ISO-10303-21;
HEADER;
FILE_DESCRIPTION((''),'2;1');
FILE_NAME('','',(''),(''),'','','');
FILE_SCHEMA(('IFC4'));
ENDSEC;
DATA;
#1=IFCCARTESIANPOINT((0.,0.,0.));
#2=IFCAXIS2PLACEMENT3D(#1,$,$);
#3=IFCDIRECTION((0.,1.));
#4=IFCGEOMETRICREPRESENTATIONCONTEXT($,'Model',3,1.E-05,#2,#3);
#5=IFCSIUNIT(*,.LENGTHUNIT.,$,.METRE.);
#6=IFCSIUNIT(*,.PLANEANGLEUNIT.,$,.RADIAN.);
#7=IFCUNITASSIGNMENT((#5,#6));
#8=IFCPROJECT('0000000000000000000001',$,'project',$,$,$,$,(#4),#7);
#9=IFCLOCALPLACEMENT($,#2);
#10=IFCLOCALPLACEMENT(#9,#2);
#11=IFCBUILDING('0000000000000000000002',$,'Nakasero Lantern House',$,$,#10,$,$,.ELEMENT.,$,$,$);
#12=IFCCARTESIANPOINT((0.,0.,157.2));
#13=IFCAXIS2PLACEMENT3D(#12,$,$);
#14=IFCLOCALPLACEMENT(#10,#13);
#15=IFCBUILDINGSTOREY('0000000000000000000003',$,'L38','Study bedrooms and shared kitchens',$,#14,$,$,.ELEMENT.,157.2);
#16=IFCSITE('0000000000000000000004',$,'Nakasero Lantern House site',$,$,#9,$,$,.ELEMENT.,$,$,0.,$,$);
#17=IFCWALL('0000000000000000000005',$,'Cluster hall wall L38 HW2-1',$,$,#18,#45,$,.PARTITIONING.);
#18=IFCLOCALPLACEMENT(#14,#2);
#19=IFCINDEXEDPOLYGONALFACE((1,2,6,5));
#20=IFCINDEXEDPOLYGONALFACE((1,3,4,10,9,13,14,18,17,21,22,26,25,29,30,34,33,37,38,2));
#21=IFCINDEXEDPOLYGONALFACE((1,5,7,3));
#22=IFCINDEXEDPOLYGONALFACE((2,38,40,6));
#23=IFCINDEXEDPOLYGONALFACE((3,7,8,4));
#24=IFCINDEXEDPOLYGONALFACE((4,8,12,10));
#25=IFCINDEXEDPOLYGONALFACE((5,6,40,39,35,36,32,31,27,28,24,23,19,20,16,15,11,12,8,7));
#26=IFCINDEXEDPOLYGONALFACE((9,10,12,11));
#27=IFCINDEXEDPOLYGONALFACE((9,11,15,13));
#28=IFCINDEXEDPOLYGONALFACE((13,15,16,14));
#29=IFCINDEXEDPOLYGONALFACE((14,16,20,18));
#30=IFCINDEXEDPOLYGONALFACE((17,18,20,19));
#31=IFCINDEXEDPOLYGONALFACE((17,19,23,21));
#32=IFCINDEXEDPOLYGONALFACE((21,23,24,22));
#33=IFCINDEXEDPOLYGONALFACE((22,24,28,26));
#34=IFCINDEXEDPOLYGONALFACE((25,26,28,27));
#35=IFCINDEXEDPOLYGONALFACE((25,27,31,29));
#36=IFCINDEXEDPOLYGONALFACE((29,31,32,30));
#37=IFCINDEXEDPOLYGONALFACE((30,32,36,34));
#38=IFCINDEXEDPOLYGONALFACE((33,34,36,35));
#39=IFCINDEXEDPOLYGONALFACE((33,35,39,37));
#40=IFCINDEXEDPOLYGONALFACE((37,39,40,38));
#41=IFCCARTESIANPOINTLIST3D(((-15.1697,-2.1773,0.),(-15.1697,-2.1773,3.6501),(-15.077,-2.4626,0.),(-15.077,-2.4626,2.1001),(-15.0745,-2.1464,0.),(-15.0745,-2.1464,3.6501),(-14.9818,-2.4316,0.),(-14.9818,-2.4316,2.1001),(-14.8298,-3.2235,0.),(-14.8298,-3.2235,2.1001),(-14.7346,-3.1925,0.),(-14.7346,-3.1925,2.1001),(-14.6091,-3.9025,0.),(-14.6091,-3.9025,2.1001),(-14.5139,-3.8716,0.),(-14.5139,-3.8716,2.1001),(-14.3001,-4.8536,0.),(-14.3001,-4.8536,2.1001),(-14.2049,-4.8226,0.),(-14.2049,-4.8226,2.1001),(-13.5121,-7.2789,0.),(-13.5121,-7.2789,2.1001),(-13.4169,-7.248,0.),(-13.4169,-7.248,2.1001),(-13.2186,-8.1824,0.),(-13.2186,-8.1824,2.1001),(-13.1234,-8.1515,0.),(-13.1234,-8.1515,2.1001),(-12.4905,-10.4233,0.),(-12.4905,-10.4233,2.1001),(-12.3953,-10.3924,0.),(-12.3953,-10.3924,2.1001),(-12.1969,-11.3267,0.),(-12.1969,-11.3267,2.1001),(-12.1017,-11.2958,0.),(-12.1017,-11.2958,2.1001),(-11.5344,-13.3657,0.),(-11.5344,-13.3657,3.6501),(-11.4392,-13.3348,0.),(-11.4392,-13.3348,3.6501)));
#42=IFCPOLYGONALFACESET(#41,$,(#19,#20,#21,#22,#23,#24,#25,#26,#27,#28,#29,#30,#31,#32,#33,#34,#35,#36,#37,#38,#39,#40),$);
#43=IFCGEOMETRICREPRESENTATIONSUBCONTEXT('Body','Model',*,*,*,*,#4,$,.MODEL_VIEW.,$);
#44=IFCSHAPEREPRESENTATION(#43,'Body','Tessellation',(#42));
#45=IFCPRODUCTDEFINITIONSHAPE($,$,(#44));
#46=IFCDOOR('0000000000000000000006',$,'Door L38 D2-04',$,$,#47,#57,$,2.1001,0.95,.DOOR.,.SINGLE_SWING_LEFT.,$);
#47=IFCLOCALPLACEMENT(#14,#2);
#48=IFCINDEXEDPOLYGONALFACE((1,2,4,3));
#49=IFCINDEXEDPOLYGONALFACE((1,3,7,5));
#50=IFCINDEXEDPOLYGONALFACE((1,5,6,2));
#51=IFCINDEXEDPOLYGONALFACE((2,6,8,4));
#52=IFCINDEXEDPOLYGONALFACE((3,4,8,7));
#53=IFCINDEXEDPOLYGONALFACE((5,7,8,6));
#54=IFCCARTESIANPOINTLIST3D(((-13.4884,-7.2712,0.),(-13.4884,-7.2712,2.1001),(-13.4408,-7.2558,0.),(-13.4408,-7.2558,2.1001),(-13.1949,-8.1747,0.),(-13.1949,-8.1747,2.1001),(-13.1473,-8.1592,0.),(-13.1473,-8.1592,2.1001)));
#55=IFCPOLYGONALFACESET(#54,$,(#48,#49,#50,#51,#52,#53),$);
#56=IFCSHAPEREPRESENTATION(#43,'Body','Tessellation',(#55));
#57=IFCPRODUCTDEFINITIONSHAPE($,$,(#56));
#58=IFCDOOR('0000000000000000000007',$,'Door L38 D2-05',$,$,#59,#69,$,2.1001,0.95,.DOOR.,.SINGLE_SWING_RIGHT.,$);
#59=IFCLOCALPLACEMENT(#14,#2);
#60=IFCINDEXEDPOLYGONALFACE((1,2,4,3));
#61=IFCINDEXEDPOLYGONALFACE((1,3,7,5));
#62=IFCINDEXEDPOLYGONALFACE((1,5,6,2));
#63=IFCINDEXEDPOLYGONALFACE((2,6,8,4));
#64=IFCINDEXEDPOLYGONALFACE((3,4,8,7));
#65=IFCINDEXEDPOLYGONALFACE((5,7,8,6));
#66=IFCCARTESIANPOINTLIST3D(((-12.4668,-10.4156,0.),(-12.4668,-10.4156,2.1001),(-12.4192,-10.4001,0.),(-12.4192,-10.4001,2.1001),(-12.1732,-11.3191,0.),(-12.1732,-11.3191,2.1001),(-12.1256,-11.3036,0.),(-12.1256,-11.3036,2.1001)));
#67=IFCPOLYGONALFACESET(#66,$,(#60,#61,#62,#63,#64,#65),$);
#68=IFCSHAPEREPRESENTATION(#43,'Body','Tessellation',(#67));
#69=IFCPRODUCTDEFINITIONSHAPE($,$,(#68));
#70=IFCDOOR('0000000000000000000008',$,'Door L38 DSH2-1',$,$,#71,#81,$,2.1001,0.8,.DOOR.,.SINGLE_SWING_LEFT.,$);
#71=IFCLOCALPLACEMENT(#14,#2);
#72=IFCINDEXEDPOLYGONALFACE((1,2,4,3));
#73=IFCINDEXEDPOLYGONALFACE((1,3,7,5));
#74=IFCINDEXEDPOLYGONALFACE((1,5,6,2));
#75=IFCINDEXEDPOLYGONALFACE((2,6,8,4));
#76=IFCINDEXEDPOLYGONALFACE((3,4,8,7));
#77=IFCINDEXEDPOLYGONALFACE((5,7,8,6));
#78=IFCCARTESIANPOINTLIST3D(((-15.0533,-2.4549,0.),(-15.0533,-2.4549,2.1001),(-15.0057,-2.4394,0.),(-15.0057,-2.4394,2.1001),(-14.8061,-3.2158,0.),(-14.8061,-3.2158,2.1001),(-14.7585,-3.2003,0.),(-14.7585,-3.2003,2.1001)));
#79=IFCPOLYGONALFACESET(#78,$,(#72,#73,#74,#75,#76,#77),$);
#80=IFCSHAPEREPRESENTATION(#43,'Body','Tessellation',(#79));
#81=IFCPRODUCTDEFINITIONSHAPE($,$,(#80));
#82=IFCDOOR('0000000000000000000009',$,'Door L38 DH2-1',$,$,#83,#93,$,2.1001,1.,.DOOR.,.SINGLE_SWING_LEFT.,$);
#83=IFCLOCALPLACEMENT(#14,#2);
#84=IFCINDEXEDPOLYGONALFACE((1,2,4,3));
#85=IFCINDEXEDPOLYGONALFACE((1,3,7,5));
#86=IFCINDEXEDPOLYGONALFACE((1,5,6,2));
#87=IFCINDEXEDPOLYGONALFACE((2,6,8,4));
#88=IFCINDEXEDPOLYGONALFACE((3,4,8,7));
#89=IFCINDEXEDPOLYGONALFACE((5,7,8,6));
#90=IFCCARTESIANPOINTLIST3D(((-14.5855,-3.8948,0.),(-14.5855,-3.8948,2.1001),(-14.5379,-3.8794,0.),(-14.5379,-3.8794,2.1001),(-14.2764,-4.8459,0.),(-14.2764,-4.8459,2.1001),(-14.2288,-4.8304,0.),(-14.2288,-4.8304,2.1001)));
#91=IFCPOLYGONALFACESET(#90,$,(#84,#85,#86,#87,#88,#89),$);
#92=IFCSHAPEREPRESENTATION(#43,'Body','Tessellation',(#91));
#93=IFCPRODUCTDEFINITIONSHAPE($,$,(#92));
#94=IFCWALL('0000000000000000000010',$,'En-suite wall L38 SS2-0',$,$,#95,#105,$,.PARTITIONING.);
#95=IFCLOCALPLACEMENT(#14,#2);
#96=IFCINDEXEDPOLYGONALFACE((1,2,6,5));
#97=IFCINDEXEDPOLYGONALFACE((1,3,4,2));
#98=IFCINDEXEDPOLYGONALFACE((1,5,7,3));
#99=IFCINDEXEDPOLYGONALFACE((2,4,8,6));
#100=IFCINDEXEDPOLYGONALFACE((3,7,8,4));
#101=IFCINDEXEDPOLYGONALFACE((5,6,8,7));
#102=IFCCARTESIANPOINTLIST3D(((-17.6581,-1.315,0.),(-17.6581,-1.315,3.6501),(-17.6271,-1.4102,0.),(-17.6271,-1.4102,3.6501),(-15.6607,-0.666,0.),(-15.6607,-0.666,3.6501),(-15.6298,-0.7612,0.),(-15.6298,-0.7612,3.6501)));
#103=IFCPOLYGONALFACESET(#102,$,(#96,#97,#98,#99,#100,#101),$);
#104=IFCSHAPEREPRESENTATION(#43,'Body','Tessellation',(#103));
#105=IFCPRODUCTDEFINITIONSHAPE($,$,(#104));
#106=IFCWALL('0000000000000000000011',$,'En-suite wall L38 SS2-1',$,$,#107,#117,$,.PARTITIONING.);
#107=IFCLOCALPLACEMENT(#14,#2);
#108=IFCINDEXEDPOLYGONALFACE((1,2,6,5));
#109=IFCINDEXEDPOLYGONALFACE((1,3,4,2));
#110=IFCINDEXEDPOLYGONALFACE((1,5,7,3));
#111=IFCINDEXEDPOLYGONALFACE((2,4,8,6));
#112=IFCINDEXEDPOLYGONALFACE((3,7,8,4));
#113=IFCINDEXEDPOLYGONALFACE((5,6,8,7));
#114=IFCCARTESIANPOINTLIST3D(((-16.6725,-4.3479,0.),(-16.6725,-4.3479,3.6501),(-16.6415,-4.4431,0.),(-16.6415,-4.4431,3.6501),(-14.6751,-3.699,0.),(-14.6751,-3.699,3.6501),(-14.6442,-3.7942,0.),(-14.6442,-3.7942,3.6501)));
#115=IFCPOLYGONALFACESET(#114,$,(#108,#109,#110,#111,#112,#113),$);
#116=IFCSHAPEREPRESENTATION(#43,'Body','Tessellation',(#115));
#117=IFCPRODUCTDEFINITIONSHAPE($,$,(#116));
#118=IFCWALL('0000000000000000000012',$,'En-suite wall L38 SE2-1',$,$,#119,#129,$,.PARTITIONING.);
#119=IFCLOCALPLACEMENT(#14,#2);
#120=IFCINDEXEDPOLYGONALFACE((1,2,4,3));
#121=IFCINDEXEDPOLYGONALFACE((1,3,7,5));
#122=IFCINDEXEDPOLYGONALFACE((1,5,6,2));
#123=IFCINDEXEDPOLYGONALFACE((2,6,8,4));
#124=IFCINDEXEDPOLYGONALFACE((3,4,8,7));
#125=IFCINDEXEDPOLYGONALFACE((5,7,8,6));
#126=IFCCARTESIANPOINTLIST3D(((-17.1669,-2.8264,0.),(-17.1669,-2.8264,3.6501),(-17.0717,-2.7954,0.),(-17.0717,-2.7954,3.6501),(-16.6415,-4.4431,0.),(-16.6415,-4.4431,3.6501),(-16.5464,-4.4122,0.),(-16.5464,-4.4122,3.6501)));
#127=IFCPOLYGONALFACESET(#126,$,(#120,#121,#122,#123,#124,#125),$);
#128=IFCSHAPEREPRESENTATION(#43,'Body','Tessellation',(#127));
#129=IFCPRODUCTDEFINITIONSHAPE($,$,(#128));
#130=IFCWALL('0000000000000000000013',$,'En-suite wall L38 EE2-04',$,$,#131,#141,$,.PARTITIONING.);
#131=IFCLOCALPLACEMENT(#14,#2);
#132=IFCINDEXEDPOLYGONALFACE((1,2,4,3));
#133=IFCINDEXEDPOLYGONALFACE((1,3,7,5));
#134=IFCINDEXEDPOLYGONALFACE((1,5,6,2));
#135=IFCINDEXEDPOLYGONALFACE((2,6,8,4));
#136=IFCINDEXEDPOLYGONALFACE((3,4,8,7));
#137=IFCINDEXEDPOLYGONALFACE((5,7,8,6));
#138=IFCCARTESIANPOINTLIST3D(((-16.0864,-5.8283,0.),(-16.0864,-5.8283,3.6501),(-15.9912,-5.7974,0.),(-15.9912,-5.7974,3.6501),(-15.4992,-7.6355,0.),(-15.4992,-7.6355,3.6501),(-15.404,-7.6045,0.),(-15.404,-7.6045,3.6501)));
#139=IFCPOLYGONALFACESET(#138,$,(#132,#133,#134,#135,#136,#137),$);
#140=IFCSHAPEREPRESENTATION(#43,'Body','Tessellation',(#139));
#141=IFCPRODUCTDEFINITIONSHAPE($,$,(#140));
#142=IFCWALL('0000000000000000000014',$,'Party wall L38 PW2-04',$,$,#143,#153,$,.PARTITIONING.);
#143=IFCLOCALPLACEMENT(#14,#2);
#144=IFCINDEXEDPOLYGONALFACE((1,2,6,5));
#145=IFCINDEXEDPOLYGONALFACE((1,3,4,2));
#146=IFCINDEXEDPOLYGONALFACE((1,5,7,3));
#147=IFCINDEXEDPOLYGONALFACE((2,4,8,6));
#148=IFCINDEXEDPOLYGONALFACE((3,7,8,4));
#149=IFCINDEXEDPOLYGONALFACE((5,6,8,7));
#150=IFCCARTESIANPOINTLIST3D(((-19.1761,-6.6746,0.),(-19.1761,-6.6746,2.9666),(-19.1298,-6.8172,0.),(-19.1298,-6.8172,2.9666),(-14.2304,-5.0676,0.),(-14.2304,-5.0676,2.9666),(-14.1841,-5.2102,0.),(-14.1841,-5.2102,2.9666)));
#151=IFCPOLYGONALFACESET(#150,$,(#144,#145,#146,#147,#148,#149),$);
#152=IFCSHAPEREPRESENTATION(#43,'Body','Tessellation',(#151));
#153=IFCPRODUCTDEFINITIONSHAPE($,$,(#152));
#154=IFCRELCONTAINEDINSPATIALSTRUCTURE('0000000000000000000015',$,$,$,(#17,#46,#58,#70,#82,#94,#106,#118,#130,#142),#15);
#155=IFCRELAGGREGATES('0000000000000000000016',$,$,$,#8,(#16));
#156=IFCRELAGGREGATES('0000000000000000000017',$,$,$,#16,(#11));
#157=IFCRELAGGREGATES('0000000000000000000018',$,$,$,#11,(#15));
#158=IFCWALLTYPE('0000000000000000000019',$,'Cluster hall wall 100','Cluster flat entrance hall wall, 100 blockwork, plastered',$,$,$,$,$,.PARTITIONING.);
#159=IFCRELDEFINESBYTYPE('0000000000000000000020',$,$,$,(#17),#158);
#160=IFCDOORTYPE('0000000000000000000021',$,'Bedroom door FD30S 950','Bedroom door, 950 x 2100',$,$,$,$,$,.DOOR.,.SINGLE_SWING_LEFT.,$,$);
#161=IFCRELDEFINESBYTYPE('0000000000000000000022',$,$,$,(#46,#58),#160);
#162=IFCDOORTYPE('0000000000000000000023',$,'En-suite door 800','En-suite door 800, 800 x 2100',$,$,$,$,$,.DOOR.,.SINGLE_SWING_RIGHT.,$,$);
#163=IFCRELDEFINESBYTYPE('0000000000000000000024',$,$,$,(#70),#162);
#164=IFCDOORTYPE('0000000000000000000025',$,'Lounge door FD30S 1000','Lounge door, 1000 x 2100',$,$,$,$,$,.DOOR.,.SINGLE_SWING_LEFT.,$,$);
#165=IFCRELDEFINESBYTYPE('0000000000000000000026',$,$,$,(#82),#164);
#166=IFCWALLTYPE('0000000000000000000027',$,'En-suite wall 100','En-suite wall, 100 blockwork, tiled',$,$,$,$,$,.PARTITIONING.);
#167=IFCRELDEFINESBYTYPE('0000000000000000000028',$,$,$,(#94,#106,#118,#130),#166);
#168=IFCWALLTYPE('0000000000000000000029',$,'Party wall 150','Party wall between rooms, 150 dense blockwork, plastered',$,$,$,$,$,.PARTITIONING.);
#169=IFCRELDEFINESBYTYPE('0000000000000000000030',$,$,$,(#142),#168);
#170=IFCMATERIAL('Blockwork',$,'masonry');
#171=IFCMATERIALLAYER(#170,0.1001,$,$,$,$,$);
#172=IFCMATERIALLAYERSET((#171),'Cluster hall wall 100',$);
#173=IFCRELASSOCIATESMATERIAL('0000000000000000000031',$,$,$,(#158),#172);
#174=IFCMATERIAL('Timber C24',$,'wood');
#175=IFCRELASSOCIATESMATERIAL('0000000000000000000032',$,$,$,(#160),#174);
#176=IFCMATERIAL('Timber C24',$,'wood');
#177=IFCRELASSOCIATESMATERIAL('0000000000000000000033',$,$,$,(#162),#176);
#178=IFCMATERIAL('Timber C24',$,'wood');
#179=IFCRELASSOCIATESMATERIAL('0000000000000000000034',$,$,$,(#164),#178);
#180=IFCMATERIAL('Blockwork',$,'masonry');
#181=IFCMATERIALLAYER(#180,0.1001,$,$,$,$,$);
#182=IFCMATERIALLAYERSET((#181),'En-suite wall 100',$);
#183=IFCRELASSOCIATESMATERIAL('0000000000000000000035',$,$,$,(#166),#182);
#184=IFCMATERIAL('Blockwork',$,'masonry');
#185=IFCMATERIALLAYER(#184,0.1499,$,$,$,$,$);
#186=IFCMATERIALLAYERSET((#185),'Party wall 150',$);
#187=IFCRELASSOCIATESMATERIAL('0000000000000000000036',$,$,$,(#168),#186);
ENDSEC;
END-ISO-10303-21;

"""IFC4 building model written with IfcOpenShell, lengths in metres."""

from ifc_helpers import new_model, si_unit, direction, frame, frame_2d, origin, place, context, subcontext, project, spatial, rectangle, extrude, material, layer, layer_set, type_object, element, fill, save


model = new_model("IFC4")

# Units and contexts
model_context = context("Model", 3, precision=1e-05, world=origin(), true_north=direction((0.0, 1.0)))
body_context = subcontext(model_context, "Body", "Model", "MODEL_VIEW")
ifc_project = project(units=[si_unit("LENGTHUNIT", "METRE"), si_unit("PLANEANGLEUNIT", "RADIAN")], contexts=[model_context])

# Site, building, storey
site_placement = place(None, origin())
site = spatial("IfcSite", under=ifc_project, at=site_placement, Name="Nakasero Lantern House site", CompositionType="ELEMENT", RefElevation=0.0)
building_placement = place(site_placement, origin())
building = spatial("IfcBuilding", under=site, at=building_placement, Name="Nakasero Lantern House", CompositionType="ELEMENT")
storey_placement = place(building_placement, frame((0.0, 0.0, 157.2)))
storey = spatial("IfcBuildingStorey", under=building, at=storey_placement, Name="L38", Description="Study bedrooms and shared kitchens", CompositionType="ELEMENT", Elevation=157.2)

# Wall, openings, doors
ifc_material_1 = material(Name="Blockwork", Category="masonry")
ifc_layer_1 = layer(ifc_material_1, 0.1001)
ifc_layer_set_1 = layer_set([ifc_layer_1], Name="Cluster hall wall 100")
wall_type_1 = type_object("IfcWallType", Name="Cluster hall wall 100", Description="Cluster flat entrance hall wall, 100 blockwork, plastered", PredefinedType="PARTITIONING", material=ifc_layer_set_1)
wall_1_placement = place(storey_placement, frame((-15.1221, -2.1619, 0.0), z_axis=(0.0, 0.0, 1.0), x_axis=(0.309009, -0.951059, 0.0)))
wall_1 = element("IfcWall", 1, at=wall_1_placement, inside=storey, type_object=wall_type_1, Name="Cluster hall wall L38 HW2-1", PredefinedType="PARTITIONING", context=body_context, shape_type="SweptSolid", body=[
    extrude(rectangle(XDim=11.7642, YDim=0.1001, at=frame_2d((5.8821, 0.0))), origin(), (0.0, 0.0, 1.0), 3.6501),
])
opening_1_placement = place(wall_1_placement, frame((1.814, 0.0, 0.0)))
opening_1 = element("IfcOpeningElement", 2, at=opening_1_placement, cuts=wall_1, PredefinedType="OPENING", context=body_context, shape_type="SweptSolid", body=[
    extrude(rectangle(XDim=1.0, YDim=2.1001, at=frame_2d((0.5, 1.05))), frame((0.0, 0.0701, 0.0), z_axis=(0.0, -1.0, 0.0), x_axis=(1.0, 0.0, 0.0)), (0.0, 0.0, 1.0), 0.1401),
])
opening_2_placement = place(wall_1_placement, frame((0.3, 0.0, 0.0)))
opening_2 = element("IfcOpeningElement", 3, at=opening_2_placement, cuts=wall_1, PredefinedType="OPENING", context=body_context, shape_type="SweptSolid", body=[
    extrude(rectangle(XDim=0.8, YDim=2.1001, at=frame_2d((0.3999, 1.05))), frame((0.0, 0.0701, 0.0), z_axis=(0.0, -1.0, 0.0), x_axis=(1.0, 0.0, 0.0)), (0.0, 0.0, 1.0), 0.1401),
])
opening_3_placement = place(wall_1_placement, frame((5.364, 0.0, 0.0)))
opening_3 = element("IfcOpeningElement", 4, at=opening_3_placement, cuts=wall_1, PredefinedType="OPENING", context=body_context, shape_type="SweptSolid", body=[
    extrude(rectangle(XDim=0.95, YDim=2.1001, at=frame_2d((0.4751, 1.05))), frame((0.0, 0.0701, 0.0), z_axis=(0.0, -1.0, 0.0), x_axis=(1.0, 0.0, 0.0)), (0.0, 0.0, 1.0), 0.1401),
])
opening_4_placement = place(wall_1_placement, frame((8.6702, 0.0, 0.0)))
opening_4 = element("IfcOpeningElement", 5, at=opening_4_placement, cuts=wall_1, PredefinedType="OPENING", context=body_context, shape_type="SweptSolid", body=[
    extrude(rectangle(XDim=0.95, YDim=2.1001, at=frame_2d((0.4751, 1.05))), frame((0.0, 0.0701, 0.0), z_axis=(0.0, -1.0, 0.0), x_axis=(1.0, 0.0, 0.0)), (0.0, 0.0, 1.0), 0.1401),
])
ifc_material_2 = material(Name="Timber C24", Category="wood")
door_type_1 = type_object("IfcDoorType", Name="Bedroom door FD30S 950", Description="Bedroom door, 950 x 2100", OperationType="SINGLE_SWING_LEFT", PredefinedType="DOOR", material=ifc_material_2)
door_1_placement = place(opening_3_placement, origin())
door_1 = element("IfcDoor", 6, at=door_1_placement, inside=storey, type_object=door_type_1, Name="Door L38 D2-04", OperationType="SINGLE_SWING_LEFT", OverallHeight=2.1001, OverallWidth=0.95, PredefinedType="DOOR", context=body_context, shape_type="SweptSolid", body=[
    extrude(rectangle(XDim=0.95, YDim=2.1001, at=frame_2d((0.4751, 1.05))), frame((0.0, 0.0249, 0.0), z_axis=(0.0, -1.0, 0.0), x_axis=(1.0, 0.0, 0.0)), (0.0, 0.0, 1.0), 0.05),
])
fill(opening_3, door_1)
door_2_placement = place(opening_4_placement, origin())
door_2 = element("IfcDoor", 7, at=door_2_placement, inside=storey, type_object=door_type_1, Name="Door L38 D2-05", OperationType="SINGLE_SWING_RIGHT", OverallHeight=2.1001, OverallWidth=0.95, PredefinedType="DOOR", context=body_context, shape_type="SweptSolid", body=[
    extrude(rectangle(XDim=0.95, YDim=2.1001, at=frame_2d((0.4751, 1.05))), frame((0.0, 0.0249, 0.0), z_axis=(0.0, -1.0, 0.0), x_axis=(1.0, 0.0, 0.0)), (0.0, 0.0, 1.0), 0.05),
])
fill(opening_4, door_2)
ifc_material_3 = material(Name="Timber C24", Category="wood")
door_type_2 = type_object("IfcDoorType", Name="En-suite door 800", Description="En-suite door 800, 800 x 2100", OperationType="SINGLE_SWING_RIGHT", PredefinedType="DOOR", material=ifc_material_3)
door_3_placement = place(opening_2_placement, origin())
door_3 = element("IfcDoor", 8, at=door_3_placement, inside=storey, type_object=door_type_2, Name="Door L38 DSH2-1", OperationType="SINGLE_SWING_LEFT", OverallHeight=2.1001, OverallWidth=0.8, PredefinedType="DOOR", context=body_context, shape_type="SweptSolid", body=[
    extrude(rectangle(XDim=0.8, YDim=2.1001, at=frame_2d((0.3999, 1.05))), frame((0.0, 0.0249, 0.0), z_axis=(0.0, -1.0, 0.0), x_axis=(1.0, 0.0, 0.0)), (0.0, 0.0, 1.0), 0.05),
])
fill(opening_2, door_3)
ifc_material_4 = material(Name="Timber C24", Category="wood")
door_type_3 = type_object("IfcDoorType", Name="Lounge door FD30S 1000", Description="Lounge door, 1000 x 2100", OperationType="SINGLE_SWING_LEFT", PredefinedType="DOOR", material=ifc_material_4)
door_4_placement = place(opening_1_placement, origin())
door_4 = element("IfcDoor", 9, at=door_4_placement, inside=storey, type_object=door_type_3, Name="Door L38 DH2-1", OperationType="SINGLE_SWING_LEFT", OverallHeight=2.1001, OverallWidth=1.0, PredefinedType="DOOR", context=body_context, shape_type="SweptSolid", body=[
    extrude(rectangle(XDim=1.0, YDim=2.1001, at=frame_2d((0.5, 1.05))), frame((0.0, 0.0249, 0.0), z_axis=(0.0, -1.0, 0.0), x_axis=(1.0, 0.0, 0.0)), (0.0, 0.0, 1.0), 0.05),
])
fill(opening_1, door_4)

# Walls
ifc_material_5 = material(Name="Blockwork", Category="masonry")
ifc_layer_2 = layer(ifc_material_5, 0.1001)
ifc_layer_set_2 = layer_set([ifc_layer_2], Name="En-suite wall 100")
wall_type_2 = type_object("IfcWallType", Name="En-suite wall 100", Description="En-suite wall, 100 blockwork, tiled", PredefinedType="PARTITIONING", material=ifc_layer_set_2)
for number, where, z_axis, x_axis, name in (
    (10, (-15.6453, -0.7136, 0.0), (0.0, 0.0, 1.0), (-0.951062, -0.308999, 0.0), "En-suite wall L38 SS2-0"),
    (11, (-14.6597, -3.7466, 0.0), (0.0, 0.0, 1.0), (-0.951062, -0.308999, 0.0), "En-suite wall L38 SS2-1"),
):
    element("IfcWall", number, at=place(storey_placement, frame(where, z_axis=z_axis, x_axis=x_axis)), inside=storey, type_object=wall_type_2, Name=name, PredefinedType="PARTITIONING", context=body_context, shape_type="SweptSolid", body=[
        extrude(rectangle(XDim=2.1001, YDim=0.1001, at=frame_2d((1.05, 0.0))), origin(), (0.0, 0.0, 1.0), 3.6501),
    ])
wall_2_placement = place(storey_placement, frame((-17.1194, -2.8108, 0.0), z_axis=(0.0, 0.0, 1.0), x_axis=(0.309067, -0.95104, 0.0)))
element("IfcWall", 12, at=wall_2_placement, inside=storey, type_object=wall_type_2, Name="En-suite wall L38 SE2-1", PredefinedType="PARTITIONING", context=body_context, shape_type="SweptSolid", body=[
    extrude(rectangle(XDim=1.7, YDim=0.1001, at=frame_2d((0.8501, 0.0))), origin(), (0.0, 0.0, 1.0), 3.6501),
])
wall_3_placement = place(storey_placement, frame((-16.0388, -5.8127, 0.0), z_axis=(0.0, 0.0, 1.0), x_axis=(0.309011, -0.951059, 0.0)))
element("IfcWall", 13, at=wall_3_placement, inside=storey, type_object=wall_type_2, Name="En-suite wall L38 EE2-04", PredefinedType="PARTITIONING", context=body_context, shape_type="SweptSolid", body=[
    extrude(rectangle(XDim=1.9001, YDim=0.1001, at=frame_2d((0.9502, 0.0))), origin(), (0.0, 0.0, 1.0), 3.6501),
])
ifc_material_6 = material(Name="Blockwork", Category="masonry")
ifc_layer_3 = layer(ifc_material_6, 0.1499)
ifc_layer_set_3 = layer_set([ifc_layer_3], Name="Party wall 150")
wall_type_3 = type_object("IfcWallType", Name="Party wall 150", Description="Party wall between rooms, 150 dense blockwork, plastered", PredefinedType="PARTITIONING", material=ifc_layer_set_3)
wall_4_placement = place(storey_placement, frame((-14.2073, -5.1389, 0.0), z_axis=(0.0, 0.0, 1.0), x_axis=(-0.951055, -0.309021, 0.0)))
element("IfcWall", 14, at=wall_4_placement, inside=storey, type_object=wall_type_3, Name="Party wall L38 PW2-04", PredefinedType="PARTITIONING", context=body_context, shape_type="SweptSolid", body=[
    extrude(rectangle(XDim=5.2002, YDim=0.1499, at=frame_2d((2.6001, 0.0))), origin(), (0.0, 0.0, 1.0), 2.9666),
])

save(model, "model.ifc")
